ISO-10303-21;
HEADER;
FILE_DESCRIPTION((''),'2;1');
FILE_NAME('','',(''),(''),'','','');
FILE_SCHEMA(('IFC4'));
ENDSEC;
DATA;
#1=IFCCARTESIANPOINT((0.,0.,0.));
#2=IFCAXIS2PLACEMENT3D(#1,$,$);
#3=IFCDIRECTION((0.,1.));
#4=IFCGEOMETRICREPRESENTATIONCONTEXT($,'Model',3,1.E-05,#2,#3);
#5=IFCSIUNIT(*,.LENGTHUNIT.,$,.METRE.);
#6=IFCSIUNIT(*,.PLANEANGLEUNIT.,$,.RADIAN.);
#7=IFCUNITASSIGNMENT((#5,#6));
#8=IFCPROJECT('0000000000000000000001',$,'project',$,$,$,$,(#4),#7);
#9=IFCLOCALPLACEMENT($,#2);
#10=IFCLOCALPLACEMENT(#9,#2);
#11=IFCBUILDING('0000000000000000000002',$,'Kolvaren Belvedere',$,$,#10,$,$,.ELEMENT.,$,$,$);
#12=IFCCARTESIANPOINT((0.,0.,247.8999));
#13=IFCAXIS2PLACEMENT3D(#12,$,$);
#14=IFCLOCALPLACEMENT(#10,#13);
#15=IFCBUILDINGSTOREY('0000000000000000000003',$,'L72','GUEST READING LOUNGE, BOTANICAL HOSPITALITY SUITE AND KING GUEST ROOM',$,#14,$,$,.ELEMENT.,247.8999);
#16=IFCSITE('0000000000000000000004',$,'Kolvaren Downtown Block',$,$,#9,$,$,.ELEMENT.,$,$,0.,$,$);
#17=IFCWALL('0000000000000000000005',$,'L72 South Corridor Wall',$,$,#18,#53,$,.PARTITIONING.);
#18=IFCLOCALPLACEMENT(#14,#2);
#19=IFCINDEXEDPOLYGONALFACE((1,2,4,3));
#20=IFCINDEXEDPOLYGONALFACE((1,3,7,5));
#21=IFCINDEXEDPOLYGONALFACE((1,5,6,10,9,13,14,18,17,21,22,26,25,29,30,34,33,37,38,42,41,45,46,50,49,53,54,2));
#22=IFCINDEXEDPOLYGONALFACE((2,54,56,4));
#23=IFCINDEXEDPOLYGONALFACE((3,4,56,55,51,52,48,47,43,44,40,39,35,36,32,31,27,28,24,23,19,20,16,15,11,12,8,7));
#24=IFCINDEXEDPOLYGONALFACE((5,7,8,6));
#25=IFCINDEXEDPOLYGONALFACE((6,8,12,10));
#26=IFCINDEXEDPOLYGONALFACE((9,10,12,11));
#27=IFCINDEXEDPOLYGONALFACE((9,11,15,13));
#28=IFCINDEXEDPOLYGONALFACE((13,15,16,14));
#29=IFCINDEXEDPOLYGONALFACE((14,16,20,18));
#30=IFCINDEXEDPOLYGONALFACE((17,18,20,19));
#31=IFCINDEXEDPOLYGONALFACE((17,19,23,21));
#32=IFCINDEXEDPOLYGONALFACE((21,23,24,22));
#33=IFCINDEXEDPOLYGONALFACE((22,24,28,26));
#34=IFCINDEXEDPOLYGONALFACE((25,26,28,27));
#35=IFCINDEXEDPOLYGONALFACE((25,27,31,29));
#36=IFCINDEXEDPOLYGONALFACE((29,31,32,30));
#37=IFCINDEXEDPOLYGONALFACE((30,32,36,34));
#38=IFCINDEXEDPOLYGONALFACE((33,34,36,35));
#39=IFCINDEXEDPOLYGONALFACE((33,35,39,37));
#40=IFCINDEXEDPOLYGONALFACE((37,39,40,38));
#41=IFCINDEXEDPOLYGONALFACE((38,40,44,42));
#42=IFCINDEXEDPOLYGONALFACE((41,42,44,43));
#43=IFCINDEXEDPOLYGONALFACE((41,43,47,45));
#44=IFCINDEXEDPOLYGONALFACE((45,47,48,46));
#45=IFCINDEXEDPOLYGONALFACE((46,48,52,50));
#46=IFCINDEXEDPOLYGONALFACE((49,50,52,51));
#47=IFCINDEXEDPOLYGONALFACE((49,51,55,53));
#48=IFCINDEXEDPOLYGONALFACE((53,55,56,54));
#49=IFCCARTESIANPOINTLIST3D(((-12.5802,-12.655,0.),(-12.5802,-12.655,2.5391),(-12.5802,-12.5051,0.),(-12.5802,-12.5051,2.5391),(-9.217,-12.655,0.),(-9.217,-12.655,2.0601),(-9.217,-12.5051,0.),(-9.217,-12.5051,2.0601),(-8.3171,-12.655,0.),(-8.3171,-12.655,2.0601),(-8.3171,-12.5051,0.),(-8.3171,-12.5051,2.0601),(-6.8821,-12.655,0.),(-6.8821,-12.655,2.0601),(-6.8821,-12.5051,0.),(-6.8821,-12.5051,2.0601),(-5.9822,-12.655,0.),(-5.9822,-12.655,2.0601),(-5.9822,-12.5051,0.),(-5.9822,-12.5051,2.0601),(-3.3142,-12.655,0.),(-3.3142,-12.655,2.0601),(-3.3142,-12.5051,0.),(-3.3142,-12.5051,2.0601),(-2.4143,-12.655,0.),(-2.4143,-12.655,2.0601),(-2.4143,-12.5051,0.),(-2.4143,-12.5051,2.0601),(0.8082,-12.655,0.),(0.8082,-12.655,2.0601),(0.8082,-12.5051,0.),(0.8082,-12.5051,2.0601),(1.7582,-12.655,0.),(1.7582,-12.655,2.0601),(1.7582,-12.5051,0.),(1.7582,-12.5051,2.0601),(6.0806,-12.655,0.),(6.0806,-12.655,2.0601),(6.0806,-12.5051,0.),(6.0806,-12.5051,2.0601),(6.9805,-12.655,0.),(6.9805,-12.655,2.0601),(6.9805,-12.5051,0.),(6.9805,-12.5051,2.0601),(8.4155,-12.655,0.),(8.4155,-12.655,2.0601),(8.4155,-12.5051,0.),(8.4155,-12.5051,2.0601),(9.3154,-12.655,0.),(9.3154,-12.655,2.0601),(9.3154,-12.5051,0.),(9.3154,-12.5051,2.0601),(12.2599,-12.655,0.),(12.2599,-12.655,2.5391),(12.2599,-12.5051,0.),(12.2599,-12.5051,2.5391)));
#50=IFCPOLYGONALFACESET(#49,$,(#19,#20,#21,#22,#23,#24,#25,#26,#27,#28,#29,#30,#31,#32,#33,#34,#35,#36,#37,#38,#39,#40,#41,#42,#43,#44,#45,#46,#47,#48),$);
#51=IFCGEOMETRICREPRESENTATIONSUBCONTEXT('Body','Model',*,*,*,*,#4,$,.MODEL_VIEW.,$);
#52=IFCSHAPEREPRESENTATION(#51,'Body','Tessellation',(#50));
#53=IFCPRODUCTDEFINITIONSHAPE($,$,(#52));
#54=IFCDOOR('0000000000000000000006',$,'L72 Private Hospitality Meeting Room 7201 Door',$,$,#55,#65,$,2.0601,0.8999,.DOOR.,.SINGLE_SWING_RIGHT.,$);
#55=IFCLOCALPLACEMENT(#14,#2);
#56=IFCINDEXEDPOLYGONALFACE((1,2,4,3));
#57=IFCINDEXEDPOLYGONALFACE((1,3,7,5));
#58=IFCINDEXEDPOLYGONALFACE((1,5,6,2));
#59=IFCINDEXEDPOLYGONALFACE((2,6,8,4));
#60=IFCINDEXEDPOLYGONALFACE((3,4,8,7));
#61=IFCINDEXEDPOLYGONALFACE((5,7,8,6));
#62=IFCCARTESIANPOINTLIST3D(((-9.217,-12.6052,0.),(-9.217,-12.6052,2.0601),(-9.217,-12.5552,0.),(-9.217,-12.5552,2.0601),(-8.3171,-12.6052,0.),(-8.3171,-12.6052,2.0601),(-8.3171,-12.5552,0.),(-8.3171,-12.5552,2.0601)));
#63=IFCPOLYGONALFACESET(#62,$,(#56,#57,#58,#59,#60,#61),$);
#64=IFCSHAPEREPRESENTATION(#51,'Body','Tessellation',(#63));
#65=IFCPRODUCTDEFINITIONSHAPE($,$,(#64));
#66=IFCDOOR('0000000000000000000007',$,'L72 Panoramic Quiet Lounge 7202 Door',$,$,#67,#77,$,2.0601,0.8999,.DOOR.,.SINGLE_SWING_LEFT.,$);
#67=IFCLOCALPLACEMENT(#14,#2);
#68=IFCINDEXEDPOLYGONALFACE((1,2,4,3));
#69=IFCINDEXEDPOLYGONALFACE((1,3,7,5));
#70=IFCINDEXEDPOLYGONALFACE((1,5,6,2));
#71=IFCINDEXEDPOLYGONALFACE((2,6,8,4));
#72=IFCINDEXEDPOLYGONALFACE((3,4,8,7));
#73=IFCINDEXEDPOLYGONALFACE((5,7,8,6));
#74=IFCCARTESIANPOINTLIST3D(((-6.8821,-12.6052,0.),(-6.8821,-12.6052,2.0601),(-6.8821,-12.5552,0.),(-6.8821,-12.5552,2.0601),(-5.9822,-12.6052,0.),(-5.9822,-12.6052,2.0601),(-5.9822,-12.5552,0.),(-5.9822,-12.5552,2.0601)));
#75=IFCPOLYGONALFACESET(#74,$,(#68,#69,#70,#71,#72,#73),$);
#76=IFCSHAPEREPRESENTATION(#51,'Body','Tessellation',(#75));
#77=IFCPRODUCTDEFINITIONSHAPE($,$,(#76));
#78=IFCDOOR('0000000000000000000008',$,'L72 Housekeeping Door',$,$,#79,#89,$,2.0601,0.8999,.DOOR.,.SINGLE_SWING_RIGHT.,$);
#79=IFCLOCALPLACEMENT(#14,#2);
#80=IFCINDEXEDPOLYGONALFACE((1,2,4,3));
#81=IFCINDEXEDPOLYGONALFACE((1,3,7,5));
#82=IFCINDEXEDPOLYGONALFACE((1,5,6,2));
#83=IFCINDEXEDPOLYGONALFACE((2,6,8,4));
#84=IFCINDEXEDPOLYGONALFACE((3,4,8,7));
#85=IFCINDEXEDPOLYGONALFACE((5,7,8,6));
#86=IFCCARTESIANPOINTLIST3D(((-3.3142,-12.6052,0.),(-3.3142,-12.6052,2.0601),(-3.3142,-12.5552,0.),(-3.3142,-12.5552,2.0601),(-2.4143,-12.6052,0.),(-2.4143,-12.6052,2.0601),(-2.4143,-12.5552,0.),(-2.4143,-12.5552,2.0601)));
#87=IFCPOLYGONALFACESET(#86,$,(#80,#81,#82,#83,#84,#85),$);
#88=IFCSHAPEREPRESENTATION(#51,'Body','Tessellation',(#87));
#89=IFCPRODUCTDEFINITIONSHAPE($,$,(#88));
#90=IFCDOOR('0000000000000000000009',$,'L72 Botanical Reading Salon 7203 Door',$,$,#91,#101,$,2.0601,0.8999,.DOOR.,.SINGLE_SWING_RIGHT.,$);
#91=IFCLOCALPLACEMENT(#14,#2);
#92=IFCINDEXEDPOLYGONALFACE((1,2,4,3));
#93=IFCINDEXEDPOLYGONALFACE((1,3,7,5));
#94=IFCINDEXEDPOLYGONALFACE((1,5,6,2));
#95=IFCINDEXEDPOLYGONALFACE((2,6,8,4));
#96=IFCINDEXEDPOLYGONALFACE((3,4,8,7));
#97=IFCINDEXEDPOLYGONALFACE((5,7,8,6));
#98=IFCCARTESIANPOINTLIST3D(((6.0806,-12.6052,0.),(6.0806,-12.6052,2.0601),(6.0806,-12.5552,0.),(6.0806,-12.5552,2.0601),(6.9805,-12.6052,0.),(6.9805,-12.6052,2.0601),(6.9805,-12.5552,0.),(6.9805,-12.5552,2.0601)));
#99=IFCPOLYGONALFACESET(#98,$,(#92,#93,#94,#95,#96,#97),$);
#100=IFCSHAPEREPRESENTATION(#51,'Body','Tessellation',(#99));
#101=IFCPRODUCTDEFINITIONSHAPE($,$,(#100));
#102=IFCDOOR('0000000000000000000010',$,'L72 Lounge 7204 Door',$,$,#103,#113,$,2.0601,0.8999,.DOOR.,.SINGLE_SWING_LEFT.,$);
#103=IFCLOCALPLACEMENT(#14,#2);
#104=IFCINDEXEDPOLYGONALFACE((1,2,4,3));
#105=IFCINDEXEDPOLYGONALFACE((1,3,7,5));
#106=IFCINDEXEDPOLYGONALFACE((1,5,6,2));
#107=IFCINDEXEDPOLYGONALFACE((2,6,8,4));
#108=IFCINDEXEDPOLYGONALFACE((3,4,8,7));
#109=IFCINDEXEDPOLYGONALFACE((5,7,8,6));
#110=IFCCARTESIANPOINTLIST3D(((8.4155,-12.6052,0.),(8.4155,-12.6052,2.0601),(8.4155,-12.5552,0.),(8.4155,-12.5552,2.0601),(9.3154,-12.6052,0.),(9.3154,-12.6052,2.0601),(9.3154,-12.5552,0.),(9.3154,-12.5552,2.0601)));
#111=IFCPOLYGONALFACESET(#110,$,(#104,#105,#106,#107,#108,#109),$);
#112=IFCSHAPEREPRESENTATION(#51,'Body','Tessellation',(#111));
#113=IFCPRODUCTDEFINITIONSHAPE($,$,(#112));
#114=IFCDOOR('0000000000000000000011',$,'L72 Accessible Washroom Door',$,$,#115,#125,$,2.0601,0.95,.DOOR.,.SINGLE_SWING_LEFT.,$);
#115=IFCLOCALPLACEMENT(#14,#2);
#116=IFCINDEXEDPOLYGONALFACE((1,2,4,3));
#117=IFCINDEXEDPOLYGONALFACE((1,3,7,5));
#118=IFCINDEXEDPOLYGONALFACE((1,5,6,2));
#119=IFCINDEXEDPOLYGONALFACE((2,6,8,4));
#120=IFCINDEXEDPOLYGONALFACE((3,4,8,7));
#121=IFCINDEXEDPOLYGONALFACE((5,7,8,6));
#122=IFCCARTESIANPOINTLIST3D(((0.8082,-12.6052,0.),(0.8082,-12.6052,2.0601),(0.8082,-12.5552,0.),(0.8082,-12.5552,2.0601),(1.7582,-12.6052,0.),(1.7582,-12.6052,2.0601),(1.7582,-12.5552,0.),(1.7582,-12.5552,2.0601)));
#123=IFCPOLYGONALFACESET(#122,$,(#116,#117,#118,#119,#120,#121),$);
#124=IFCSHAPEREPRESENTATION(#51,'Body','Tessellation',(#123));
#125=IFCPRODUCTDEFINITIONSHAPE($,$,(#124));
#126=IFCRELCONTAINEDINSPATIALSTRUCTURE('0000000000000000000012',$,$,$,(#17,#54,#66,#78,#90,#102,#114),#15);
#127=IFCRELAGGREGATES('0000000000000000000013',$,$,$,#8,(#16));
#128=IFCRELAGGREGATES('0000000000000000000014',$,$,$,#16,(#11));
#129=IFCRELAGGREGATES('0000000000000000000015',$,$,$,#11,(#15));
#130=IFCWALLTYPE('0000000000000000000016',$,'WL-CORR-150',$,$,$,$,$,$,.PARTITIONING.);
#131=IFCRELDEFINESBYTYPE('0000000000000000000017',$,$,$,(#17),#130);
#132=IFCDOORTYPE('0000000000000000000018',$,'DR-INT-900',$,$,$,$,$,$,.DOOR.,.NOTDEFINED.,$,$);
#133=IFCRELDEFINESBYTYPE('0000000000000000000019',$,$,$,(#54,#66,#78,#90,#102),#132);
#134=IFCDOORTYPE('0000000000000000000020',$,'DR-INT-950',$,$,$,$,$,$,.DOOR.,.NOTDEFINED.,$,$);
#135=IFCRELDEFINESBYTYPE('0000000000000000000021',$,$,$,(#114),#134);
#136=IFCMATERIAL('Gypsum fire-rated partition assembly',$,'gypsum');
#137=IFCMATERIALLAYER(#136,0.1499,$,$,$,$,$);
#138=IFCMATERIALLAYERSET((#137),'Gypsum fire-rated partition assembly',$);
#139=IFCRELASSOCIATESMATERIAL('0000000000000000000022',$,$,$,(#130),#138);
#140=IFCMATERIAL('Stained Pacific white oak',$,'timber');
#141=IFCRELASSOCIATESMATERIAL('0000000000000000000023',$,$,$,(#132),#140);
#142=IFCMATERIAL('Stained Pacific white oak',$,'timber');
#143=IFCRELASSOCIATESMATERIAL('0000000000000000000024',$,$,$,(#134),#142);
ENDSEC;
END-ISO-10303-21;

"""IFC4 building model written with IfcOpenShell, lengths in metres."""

from ifc_helpers import new_model, si_unit, direction, frame, frame_2d, origin, place, context, subcontext, project, spatial, rectangle, extrude, material, layer, layer_set, type_object, element, fill, save


model = new_model("IFC4")

# Units and contexts
model_context = context("Model", 3, precision=1e-05, world=origin(), true_north=direction((0.0, 1.0)))
body_context = subcontext(model_context, "Body", "Model", "MODEL_VIEW")
ifc_project = project(units=[si_unit("LENGTHUNIT", "METRE"), si_unit("PLANEANGLEUNIT", "RADIAN")], contexts=[model_context])

# Site, building, storey
site_placement = place(None, origin())
site = spatial("IfcSite", under=ifc_project, at=site_placement, Name="Kolvaren Downtown Block", CompositionType="ELEMENT", RefElevation=0.0)
building_placement = place(site_placement, origin())
building = spatial("IfcBuilding", under=site, at=building_placement, Name="Kolvaren Belvedere", CompositionType="ELEMENT")
storey_placement = place(building_placement, frame((0.0, 0.0, 247.8999)))
storey = spatial("IfcBuildingStorey", under=building, at=storey_placement, Name="L72", Description="GUEST READING LOUNGE, BOTANICAL HOSPITALITY SUITE AND KING GUEST ROOM", CompositionType="ELEMENT", Elevation=247.8999)

# Wall, openings, doors
ifc_material_1 = material(Name="Gypsum fire-rated partition assembly", Category="gypsum")
ifc_layer_1 = layer(ifc_material_1, 0.1499)
ifc_layer_set_1 = layer_set([ifc_layer_1], Name="Gypsum fire-rated partition assembly")
wall_type_1 = type_object("IfcWallType", Name="WL-CORR-150", PredefinedType="PARTITIONING", material=ifc_layer_set_1)
wall_1_placement = place(storey_placement, frame((-12.5801, -12.5801, 0.0), z_axis=(0.0, 0.0, 1.0), x_axis=(1.0, 0.0, 0.0)))
wall_1 = element("IfcWall", 1, at=wall_1_placement, inside=storey, type_object=wall_type_1, Name="L72 South Corridor Wall", PredefinedType="PARTITIONING", context=body_context, shape_type="SweptSolid", body=[
    extrude(rectangle(XDim=24.8401, YDim=0.1499, at=frame_2d((12.4199, 0.0))), origin(), (0.0, 0.0, 1.0), 2.5391),
])
opening_1_placement = place(wall_1_placement, frame((3.363, 0.0, 0.0)))
opening_1 = element("IfcOpeningElement", 2, at=opening_1_placement, cuts=wall_1, PredefinedType="OPENING", context=body_context, shape_type="SweptSolid", body=[
    extrude(rectangle(XDim=0.8999, YDim=2.0601, at=frame_2d((0.45, 1.03))), frame((0.0, 0.085, 0.0), z_axis=(0.0, -1.0, 0.0), x_axis=(1.0, 0.0, 0.0)), (0.0, 0.0, 1.0), 0.1699),
])
opening_2_placement = place(wall_1_placement, frame((5.698, 0.0, 0.0)))
opening_2 = element("IfcOpeningElement", 3, at=opening_2_placement, cuts=wall_1, PredefinedType="OPENING", context=body_context, shape_type="SweptSolid", body=[
    extrude(rectangle(XDim=0.8999, YDim=2.0601, at=frame_2d((0.45, 1.03))), frame((0.0, 0.085, 0.0), z_axis=(0.0, -1.0, 0.0), x_axis=(1.0, 0.0, 0.0)), (0.0, 0.0, 1.0), 0.1699),
])
opening_3_placement = place(wall_1_placement, frame((9.2659, 0.0, 0.0)))
opening_3 = element("IfcOpeningElement", 4, at=opening_3_placement, cuts=wall_1, PredefinedType="OPENING", context=body_context, shape_type="SweptSolid", body=[
    extrude(rectangle(XDim=0.8999, YDim=2.0601, at=frame_2d((0.45, 1.03))), frame((0.0, 0.085, 0.0), z_axis=(0.0, -1.0, 0.0), x_axis=(1.0, 0.0, 0.0)), (0.0, 0.0, 1.0), 0.1699),
])
opening_4_placement = place(wall_1_placement, frame((13.3882, 0.0, 0.0)))
opening_4 = element("IfcOpeningElement", 5, at=opening_4_placement, cuts=wall_1, PredefinedType="OPENING", context=body_context, shape_type="SweptSolid", body=[
    extrude(rectangle(XDim=0.95, YDim=2.0601, at=frame_2d((0.4751, 1.03))), frame((0.0, 0.085, 0.0), z_axis=(0.0, -1.0, 0.0), x_axis=(1.0, 0.0, 0.0)), (0.0, 0.0, 1.0), 0.1699),
])
opening_5_placement = place(wall_1_placement, frame((18.6606, 0.0, 0.0)))
opening_5 = element("IfcOpeningElement", 6, at=opening_5_placement, cuts=wall_1, PredefinedType="OPENING", context=body_context, shape_type="SweptSolid", body=[
    extrude(rectangle(XDim=0.8999, YDim=2.0601, at=frame_2d((0.45, 1.03))), frame((0.0, 0.085, 0.0), z_axis=(0.0, -1.0, 0.0), x_axis=(1.0, 0.0, 0.0)), (0.0, 0.0, 1.0), 0.1699),
])
opening_6_placement = place(wall_1_placement, frame((20.9956, 0.0, 0.0)))
opening_6 = element("IfcOpeningElement", 7, at=opening_6_placement, cuts=wall_1, PredefinedType="OPENING", context=body_context, shape_type="SweptSolid", body=[
    extrude(rectangle(XDim=0.8999, YDim=2.0601, at=frame_2d((0.45, 1.03))), frame((0.0, 0.085, 0.0), z_axis=(0.0, -1.0, 0.0), x_axis=(1.0, 0.0, 0.0)), (0.0, 0.0, 1.0), 0.1699),
])
ifc_material_2 = material(Name="Stained Pacific white oak", Category="timber")
door_type_1 = type_object("IfcDoorType", Name="DR-INT-900", OperationType="NOTDEFINED", PredefinedType="DOOR", material=ifc_material_2)
door_1_placement = place(opening_1_placement, origin())
door_1 = element("IfcDoor", 8, at=door_1_placement, inside=storey, type_object=door_type_1, Name="L72 Private Hospitality Meeting Room 7201 Door", OperationType="SINGLE_SWING_RIGHT", OverallHeight=2.0601, OverallWidth=0.8999, PredefinedType="DOOR", context=body_context, shape_type="SweptSolid", body=[
    extrude(rectangle(XDim=0.8999, YDim=2.0601, at=frame_2d((0.45, 1.03))), frame((0.0, 0.0249, 0.0), z_axis=(0.0, -1.0, 0.0), x_axis=(1.0, 0.0, 0.0)), (0.0, 0.0, 1.0), 0.05),
])
fill(opening_1, door_1)
door_2_placement = place(opening_2_placement, origin())
door_2 = element("IfcDoor", 9, at=door_2_placement, inside=storey, type_object=door_type_1, Name="L72 Panoramic Quiet Lounge 7202 Door", OperationType="SINGLE_SWING_LEFT", OverallHeight=2.0601, OverallWidth=0.8999, PredefinedType="DOOR", context=body_context, shape_type="SweptSolid", body=[
    extrude(rectangle(XDim=0.8999, YDim=2.0601, at=frame_2d((0.45, 1.03))), frame((0.0, 0.0249, 0.0), z_axis=(0.0, -1.0, 0.0), x_axis=(1.0, 0.0, 0.0)), (0.0, 0.0, 1.0), 0.05),
])
fill(opening_2, door_2)
door_3_placement = place(opening_3_placement, origin())
door_3 = element("IfcDoor", 10, at=door_3_placement, inside=storey, type_object=door_type_1, Name="L72 Housekeeping Door", OperationType="SINGLE_SWING_RIGHT", OverallHeight=2.0601, OverallWidth=0.8999, PredefinedType="DOOR", context=body_context, shape_type="SweptSolid", body=[
    extrude(rectangle(XDim=0.8999, YDim=2.0601, at=frame_2d((0.45, 1.03))), frame((0.0, 0.0249, 0.0), z_axis=(0.0, -1.0, 0.0), x_axis=(1.0, 0.0, 0.0)), (0.0, 0.0, 1.0), 0.05),
])
fill(opening_3, door_3)
door_4_placement = place(opening_5_placement, origin())
door_4 = element("IfcDoor", 11, at=door_4_placement, inside=storey, type_object=door_type_1, Name="L72 Botanical Reading Salon 7203 Door", OperationType="SINGLE_SWING_RIGHT", OverallHeight=2.0601, OverallWidth=0.8999, PredefinedType="DOOR", context=body_context, shape_type="SweptSolid", body=[
    extrude(rectangle(XDim=0.8999, YDim=2.0601, at=frame_2d((0.45, 1.03))), frame((0.0, 0.0249, 0.0), z_axis=(0.0, -1.0, 0.0), x_axis=(1.0, 0.0, 0.0)), (0.0, 0.0, 1.0), 0.05),
])
fill(opening_5, door_4)
door_5_placement = place(opening_6_placement, origin())
door_5 = element("IfcDoor", 12, at=door_5_placement, inside=storey, type_object=door_type_1, Name="L72 Lounge 7204 Door", OperationType="SINGLE_SWING_LEFT", OverallHeight=2.0601, OverallWidth=0.8999, PredefinedType="DOOR", context=body_context, shape_type="SweptSolid", body=[
    extrude(rectangle(XDim=0.8999, YDim=2.0601, at=frame_2d((0.45, 1.03))), frame((0.0, 0.0249, 0.0), z_axis=(0.0, -1.0, 0.0), x_axis=(1.0, 0.0, 0.0)), (0.0, 0.0, 1.0), 0.05),
])
fill(opening_6, door_5)
ifc_material_3 = material(Name="Stained Pacific white oak", Category="timber")
door_type_2 = type_object("IfcDoorType", Name="DR-INT-950", OperationType="NOTDEFINED", PredefinedType="DOOR", material=ifc_material_3)
door_6_placement = place(opening_4_placement, origin())
door_6 = element("IfcDoor", 13, at=door_6_placement, inside=storey, type_object=door_type_2, Name="L72 Accessible Washroom Door", OperationType="SINGLE_SWING_LEFT", OverallHeight=2.0601, OverallWidth=0.95, PredefinedType="DOOR", context=body_context, shape_type="SweptSolid", body=[
    extrude(rectangle(XDim=0.95, YDim=2.0601, at=frame_2d((0.4751, 1.03))), frame((0.0, 0.0249, 0.0), z_axis=(0.0, -1.0, 0.0), x_axis=(1.0, 0.0, 0.0)), (0.0, 0.0, 1.0), 0.05),
])
fill(opening_4, door_6)

save(model, "model.ifc")
